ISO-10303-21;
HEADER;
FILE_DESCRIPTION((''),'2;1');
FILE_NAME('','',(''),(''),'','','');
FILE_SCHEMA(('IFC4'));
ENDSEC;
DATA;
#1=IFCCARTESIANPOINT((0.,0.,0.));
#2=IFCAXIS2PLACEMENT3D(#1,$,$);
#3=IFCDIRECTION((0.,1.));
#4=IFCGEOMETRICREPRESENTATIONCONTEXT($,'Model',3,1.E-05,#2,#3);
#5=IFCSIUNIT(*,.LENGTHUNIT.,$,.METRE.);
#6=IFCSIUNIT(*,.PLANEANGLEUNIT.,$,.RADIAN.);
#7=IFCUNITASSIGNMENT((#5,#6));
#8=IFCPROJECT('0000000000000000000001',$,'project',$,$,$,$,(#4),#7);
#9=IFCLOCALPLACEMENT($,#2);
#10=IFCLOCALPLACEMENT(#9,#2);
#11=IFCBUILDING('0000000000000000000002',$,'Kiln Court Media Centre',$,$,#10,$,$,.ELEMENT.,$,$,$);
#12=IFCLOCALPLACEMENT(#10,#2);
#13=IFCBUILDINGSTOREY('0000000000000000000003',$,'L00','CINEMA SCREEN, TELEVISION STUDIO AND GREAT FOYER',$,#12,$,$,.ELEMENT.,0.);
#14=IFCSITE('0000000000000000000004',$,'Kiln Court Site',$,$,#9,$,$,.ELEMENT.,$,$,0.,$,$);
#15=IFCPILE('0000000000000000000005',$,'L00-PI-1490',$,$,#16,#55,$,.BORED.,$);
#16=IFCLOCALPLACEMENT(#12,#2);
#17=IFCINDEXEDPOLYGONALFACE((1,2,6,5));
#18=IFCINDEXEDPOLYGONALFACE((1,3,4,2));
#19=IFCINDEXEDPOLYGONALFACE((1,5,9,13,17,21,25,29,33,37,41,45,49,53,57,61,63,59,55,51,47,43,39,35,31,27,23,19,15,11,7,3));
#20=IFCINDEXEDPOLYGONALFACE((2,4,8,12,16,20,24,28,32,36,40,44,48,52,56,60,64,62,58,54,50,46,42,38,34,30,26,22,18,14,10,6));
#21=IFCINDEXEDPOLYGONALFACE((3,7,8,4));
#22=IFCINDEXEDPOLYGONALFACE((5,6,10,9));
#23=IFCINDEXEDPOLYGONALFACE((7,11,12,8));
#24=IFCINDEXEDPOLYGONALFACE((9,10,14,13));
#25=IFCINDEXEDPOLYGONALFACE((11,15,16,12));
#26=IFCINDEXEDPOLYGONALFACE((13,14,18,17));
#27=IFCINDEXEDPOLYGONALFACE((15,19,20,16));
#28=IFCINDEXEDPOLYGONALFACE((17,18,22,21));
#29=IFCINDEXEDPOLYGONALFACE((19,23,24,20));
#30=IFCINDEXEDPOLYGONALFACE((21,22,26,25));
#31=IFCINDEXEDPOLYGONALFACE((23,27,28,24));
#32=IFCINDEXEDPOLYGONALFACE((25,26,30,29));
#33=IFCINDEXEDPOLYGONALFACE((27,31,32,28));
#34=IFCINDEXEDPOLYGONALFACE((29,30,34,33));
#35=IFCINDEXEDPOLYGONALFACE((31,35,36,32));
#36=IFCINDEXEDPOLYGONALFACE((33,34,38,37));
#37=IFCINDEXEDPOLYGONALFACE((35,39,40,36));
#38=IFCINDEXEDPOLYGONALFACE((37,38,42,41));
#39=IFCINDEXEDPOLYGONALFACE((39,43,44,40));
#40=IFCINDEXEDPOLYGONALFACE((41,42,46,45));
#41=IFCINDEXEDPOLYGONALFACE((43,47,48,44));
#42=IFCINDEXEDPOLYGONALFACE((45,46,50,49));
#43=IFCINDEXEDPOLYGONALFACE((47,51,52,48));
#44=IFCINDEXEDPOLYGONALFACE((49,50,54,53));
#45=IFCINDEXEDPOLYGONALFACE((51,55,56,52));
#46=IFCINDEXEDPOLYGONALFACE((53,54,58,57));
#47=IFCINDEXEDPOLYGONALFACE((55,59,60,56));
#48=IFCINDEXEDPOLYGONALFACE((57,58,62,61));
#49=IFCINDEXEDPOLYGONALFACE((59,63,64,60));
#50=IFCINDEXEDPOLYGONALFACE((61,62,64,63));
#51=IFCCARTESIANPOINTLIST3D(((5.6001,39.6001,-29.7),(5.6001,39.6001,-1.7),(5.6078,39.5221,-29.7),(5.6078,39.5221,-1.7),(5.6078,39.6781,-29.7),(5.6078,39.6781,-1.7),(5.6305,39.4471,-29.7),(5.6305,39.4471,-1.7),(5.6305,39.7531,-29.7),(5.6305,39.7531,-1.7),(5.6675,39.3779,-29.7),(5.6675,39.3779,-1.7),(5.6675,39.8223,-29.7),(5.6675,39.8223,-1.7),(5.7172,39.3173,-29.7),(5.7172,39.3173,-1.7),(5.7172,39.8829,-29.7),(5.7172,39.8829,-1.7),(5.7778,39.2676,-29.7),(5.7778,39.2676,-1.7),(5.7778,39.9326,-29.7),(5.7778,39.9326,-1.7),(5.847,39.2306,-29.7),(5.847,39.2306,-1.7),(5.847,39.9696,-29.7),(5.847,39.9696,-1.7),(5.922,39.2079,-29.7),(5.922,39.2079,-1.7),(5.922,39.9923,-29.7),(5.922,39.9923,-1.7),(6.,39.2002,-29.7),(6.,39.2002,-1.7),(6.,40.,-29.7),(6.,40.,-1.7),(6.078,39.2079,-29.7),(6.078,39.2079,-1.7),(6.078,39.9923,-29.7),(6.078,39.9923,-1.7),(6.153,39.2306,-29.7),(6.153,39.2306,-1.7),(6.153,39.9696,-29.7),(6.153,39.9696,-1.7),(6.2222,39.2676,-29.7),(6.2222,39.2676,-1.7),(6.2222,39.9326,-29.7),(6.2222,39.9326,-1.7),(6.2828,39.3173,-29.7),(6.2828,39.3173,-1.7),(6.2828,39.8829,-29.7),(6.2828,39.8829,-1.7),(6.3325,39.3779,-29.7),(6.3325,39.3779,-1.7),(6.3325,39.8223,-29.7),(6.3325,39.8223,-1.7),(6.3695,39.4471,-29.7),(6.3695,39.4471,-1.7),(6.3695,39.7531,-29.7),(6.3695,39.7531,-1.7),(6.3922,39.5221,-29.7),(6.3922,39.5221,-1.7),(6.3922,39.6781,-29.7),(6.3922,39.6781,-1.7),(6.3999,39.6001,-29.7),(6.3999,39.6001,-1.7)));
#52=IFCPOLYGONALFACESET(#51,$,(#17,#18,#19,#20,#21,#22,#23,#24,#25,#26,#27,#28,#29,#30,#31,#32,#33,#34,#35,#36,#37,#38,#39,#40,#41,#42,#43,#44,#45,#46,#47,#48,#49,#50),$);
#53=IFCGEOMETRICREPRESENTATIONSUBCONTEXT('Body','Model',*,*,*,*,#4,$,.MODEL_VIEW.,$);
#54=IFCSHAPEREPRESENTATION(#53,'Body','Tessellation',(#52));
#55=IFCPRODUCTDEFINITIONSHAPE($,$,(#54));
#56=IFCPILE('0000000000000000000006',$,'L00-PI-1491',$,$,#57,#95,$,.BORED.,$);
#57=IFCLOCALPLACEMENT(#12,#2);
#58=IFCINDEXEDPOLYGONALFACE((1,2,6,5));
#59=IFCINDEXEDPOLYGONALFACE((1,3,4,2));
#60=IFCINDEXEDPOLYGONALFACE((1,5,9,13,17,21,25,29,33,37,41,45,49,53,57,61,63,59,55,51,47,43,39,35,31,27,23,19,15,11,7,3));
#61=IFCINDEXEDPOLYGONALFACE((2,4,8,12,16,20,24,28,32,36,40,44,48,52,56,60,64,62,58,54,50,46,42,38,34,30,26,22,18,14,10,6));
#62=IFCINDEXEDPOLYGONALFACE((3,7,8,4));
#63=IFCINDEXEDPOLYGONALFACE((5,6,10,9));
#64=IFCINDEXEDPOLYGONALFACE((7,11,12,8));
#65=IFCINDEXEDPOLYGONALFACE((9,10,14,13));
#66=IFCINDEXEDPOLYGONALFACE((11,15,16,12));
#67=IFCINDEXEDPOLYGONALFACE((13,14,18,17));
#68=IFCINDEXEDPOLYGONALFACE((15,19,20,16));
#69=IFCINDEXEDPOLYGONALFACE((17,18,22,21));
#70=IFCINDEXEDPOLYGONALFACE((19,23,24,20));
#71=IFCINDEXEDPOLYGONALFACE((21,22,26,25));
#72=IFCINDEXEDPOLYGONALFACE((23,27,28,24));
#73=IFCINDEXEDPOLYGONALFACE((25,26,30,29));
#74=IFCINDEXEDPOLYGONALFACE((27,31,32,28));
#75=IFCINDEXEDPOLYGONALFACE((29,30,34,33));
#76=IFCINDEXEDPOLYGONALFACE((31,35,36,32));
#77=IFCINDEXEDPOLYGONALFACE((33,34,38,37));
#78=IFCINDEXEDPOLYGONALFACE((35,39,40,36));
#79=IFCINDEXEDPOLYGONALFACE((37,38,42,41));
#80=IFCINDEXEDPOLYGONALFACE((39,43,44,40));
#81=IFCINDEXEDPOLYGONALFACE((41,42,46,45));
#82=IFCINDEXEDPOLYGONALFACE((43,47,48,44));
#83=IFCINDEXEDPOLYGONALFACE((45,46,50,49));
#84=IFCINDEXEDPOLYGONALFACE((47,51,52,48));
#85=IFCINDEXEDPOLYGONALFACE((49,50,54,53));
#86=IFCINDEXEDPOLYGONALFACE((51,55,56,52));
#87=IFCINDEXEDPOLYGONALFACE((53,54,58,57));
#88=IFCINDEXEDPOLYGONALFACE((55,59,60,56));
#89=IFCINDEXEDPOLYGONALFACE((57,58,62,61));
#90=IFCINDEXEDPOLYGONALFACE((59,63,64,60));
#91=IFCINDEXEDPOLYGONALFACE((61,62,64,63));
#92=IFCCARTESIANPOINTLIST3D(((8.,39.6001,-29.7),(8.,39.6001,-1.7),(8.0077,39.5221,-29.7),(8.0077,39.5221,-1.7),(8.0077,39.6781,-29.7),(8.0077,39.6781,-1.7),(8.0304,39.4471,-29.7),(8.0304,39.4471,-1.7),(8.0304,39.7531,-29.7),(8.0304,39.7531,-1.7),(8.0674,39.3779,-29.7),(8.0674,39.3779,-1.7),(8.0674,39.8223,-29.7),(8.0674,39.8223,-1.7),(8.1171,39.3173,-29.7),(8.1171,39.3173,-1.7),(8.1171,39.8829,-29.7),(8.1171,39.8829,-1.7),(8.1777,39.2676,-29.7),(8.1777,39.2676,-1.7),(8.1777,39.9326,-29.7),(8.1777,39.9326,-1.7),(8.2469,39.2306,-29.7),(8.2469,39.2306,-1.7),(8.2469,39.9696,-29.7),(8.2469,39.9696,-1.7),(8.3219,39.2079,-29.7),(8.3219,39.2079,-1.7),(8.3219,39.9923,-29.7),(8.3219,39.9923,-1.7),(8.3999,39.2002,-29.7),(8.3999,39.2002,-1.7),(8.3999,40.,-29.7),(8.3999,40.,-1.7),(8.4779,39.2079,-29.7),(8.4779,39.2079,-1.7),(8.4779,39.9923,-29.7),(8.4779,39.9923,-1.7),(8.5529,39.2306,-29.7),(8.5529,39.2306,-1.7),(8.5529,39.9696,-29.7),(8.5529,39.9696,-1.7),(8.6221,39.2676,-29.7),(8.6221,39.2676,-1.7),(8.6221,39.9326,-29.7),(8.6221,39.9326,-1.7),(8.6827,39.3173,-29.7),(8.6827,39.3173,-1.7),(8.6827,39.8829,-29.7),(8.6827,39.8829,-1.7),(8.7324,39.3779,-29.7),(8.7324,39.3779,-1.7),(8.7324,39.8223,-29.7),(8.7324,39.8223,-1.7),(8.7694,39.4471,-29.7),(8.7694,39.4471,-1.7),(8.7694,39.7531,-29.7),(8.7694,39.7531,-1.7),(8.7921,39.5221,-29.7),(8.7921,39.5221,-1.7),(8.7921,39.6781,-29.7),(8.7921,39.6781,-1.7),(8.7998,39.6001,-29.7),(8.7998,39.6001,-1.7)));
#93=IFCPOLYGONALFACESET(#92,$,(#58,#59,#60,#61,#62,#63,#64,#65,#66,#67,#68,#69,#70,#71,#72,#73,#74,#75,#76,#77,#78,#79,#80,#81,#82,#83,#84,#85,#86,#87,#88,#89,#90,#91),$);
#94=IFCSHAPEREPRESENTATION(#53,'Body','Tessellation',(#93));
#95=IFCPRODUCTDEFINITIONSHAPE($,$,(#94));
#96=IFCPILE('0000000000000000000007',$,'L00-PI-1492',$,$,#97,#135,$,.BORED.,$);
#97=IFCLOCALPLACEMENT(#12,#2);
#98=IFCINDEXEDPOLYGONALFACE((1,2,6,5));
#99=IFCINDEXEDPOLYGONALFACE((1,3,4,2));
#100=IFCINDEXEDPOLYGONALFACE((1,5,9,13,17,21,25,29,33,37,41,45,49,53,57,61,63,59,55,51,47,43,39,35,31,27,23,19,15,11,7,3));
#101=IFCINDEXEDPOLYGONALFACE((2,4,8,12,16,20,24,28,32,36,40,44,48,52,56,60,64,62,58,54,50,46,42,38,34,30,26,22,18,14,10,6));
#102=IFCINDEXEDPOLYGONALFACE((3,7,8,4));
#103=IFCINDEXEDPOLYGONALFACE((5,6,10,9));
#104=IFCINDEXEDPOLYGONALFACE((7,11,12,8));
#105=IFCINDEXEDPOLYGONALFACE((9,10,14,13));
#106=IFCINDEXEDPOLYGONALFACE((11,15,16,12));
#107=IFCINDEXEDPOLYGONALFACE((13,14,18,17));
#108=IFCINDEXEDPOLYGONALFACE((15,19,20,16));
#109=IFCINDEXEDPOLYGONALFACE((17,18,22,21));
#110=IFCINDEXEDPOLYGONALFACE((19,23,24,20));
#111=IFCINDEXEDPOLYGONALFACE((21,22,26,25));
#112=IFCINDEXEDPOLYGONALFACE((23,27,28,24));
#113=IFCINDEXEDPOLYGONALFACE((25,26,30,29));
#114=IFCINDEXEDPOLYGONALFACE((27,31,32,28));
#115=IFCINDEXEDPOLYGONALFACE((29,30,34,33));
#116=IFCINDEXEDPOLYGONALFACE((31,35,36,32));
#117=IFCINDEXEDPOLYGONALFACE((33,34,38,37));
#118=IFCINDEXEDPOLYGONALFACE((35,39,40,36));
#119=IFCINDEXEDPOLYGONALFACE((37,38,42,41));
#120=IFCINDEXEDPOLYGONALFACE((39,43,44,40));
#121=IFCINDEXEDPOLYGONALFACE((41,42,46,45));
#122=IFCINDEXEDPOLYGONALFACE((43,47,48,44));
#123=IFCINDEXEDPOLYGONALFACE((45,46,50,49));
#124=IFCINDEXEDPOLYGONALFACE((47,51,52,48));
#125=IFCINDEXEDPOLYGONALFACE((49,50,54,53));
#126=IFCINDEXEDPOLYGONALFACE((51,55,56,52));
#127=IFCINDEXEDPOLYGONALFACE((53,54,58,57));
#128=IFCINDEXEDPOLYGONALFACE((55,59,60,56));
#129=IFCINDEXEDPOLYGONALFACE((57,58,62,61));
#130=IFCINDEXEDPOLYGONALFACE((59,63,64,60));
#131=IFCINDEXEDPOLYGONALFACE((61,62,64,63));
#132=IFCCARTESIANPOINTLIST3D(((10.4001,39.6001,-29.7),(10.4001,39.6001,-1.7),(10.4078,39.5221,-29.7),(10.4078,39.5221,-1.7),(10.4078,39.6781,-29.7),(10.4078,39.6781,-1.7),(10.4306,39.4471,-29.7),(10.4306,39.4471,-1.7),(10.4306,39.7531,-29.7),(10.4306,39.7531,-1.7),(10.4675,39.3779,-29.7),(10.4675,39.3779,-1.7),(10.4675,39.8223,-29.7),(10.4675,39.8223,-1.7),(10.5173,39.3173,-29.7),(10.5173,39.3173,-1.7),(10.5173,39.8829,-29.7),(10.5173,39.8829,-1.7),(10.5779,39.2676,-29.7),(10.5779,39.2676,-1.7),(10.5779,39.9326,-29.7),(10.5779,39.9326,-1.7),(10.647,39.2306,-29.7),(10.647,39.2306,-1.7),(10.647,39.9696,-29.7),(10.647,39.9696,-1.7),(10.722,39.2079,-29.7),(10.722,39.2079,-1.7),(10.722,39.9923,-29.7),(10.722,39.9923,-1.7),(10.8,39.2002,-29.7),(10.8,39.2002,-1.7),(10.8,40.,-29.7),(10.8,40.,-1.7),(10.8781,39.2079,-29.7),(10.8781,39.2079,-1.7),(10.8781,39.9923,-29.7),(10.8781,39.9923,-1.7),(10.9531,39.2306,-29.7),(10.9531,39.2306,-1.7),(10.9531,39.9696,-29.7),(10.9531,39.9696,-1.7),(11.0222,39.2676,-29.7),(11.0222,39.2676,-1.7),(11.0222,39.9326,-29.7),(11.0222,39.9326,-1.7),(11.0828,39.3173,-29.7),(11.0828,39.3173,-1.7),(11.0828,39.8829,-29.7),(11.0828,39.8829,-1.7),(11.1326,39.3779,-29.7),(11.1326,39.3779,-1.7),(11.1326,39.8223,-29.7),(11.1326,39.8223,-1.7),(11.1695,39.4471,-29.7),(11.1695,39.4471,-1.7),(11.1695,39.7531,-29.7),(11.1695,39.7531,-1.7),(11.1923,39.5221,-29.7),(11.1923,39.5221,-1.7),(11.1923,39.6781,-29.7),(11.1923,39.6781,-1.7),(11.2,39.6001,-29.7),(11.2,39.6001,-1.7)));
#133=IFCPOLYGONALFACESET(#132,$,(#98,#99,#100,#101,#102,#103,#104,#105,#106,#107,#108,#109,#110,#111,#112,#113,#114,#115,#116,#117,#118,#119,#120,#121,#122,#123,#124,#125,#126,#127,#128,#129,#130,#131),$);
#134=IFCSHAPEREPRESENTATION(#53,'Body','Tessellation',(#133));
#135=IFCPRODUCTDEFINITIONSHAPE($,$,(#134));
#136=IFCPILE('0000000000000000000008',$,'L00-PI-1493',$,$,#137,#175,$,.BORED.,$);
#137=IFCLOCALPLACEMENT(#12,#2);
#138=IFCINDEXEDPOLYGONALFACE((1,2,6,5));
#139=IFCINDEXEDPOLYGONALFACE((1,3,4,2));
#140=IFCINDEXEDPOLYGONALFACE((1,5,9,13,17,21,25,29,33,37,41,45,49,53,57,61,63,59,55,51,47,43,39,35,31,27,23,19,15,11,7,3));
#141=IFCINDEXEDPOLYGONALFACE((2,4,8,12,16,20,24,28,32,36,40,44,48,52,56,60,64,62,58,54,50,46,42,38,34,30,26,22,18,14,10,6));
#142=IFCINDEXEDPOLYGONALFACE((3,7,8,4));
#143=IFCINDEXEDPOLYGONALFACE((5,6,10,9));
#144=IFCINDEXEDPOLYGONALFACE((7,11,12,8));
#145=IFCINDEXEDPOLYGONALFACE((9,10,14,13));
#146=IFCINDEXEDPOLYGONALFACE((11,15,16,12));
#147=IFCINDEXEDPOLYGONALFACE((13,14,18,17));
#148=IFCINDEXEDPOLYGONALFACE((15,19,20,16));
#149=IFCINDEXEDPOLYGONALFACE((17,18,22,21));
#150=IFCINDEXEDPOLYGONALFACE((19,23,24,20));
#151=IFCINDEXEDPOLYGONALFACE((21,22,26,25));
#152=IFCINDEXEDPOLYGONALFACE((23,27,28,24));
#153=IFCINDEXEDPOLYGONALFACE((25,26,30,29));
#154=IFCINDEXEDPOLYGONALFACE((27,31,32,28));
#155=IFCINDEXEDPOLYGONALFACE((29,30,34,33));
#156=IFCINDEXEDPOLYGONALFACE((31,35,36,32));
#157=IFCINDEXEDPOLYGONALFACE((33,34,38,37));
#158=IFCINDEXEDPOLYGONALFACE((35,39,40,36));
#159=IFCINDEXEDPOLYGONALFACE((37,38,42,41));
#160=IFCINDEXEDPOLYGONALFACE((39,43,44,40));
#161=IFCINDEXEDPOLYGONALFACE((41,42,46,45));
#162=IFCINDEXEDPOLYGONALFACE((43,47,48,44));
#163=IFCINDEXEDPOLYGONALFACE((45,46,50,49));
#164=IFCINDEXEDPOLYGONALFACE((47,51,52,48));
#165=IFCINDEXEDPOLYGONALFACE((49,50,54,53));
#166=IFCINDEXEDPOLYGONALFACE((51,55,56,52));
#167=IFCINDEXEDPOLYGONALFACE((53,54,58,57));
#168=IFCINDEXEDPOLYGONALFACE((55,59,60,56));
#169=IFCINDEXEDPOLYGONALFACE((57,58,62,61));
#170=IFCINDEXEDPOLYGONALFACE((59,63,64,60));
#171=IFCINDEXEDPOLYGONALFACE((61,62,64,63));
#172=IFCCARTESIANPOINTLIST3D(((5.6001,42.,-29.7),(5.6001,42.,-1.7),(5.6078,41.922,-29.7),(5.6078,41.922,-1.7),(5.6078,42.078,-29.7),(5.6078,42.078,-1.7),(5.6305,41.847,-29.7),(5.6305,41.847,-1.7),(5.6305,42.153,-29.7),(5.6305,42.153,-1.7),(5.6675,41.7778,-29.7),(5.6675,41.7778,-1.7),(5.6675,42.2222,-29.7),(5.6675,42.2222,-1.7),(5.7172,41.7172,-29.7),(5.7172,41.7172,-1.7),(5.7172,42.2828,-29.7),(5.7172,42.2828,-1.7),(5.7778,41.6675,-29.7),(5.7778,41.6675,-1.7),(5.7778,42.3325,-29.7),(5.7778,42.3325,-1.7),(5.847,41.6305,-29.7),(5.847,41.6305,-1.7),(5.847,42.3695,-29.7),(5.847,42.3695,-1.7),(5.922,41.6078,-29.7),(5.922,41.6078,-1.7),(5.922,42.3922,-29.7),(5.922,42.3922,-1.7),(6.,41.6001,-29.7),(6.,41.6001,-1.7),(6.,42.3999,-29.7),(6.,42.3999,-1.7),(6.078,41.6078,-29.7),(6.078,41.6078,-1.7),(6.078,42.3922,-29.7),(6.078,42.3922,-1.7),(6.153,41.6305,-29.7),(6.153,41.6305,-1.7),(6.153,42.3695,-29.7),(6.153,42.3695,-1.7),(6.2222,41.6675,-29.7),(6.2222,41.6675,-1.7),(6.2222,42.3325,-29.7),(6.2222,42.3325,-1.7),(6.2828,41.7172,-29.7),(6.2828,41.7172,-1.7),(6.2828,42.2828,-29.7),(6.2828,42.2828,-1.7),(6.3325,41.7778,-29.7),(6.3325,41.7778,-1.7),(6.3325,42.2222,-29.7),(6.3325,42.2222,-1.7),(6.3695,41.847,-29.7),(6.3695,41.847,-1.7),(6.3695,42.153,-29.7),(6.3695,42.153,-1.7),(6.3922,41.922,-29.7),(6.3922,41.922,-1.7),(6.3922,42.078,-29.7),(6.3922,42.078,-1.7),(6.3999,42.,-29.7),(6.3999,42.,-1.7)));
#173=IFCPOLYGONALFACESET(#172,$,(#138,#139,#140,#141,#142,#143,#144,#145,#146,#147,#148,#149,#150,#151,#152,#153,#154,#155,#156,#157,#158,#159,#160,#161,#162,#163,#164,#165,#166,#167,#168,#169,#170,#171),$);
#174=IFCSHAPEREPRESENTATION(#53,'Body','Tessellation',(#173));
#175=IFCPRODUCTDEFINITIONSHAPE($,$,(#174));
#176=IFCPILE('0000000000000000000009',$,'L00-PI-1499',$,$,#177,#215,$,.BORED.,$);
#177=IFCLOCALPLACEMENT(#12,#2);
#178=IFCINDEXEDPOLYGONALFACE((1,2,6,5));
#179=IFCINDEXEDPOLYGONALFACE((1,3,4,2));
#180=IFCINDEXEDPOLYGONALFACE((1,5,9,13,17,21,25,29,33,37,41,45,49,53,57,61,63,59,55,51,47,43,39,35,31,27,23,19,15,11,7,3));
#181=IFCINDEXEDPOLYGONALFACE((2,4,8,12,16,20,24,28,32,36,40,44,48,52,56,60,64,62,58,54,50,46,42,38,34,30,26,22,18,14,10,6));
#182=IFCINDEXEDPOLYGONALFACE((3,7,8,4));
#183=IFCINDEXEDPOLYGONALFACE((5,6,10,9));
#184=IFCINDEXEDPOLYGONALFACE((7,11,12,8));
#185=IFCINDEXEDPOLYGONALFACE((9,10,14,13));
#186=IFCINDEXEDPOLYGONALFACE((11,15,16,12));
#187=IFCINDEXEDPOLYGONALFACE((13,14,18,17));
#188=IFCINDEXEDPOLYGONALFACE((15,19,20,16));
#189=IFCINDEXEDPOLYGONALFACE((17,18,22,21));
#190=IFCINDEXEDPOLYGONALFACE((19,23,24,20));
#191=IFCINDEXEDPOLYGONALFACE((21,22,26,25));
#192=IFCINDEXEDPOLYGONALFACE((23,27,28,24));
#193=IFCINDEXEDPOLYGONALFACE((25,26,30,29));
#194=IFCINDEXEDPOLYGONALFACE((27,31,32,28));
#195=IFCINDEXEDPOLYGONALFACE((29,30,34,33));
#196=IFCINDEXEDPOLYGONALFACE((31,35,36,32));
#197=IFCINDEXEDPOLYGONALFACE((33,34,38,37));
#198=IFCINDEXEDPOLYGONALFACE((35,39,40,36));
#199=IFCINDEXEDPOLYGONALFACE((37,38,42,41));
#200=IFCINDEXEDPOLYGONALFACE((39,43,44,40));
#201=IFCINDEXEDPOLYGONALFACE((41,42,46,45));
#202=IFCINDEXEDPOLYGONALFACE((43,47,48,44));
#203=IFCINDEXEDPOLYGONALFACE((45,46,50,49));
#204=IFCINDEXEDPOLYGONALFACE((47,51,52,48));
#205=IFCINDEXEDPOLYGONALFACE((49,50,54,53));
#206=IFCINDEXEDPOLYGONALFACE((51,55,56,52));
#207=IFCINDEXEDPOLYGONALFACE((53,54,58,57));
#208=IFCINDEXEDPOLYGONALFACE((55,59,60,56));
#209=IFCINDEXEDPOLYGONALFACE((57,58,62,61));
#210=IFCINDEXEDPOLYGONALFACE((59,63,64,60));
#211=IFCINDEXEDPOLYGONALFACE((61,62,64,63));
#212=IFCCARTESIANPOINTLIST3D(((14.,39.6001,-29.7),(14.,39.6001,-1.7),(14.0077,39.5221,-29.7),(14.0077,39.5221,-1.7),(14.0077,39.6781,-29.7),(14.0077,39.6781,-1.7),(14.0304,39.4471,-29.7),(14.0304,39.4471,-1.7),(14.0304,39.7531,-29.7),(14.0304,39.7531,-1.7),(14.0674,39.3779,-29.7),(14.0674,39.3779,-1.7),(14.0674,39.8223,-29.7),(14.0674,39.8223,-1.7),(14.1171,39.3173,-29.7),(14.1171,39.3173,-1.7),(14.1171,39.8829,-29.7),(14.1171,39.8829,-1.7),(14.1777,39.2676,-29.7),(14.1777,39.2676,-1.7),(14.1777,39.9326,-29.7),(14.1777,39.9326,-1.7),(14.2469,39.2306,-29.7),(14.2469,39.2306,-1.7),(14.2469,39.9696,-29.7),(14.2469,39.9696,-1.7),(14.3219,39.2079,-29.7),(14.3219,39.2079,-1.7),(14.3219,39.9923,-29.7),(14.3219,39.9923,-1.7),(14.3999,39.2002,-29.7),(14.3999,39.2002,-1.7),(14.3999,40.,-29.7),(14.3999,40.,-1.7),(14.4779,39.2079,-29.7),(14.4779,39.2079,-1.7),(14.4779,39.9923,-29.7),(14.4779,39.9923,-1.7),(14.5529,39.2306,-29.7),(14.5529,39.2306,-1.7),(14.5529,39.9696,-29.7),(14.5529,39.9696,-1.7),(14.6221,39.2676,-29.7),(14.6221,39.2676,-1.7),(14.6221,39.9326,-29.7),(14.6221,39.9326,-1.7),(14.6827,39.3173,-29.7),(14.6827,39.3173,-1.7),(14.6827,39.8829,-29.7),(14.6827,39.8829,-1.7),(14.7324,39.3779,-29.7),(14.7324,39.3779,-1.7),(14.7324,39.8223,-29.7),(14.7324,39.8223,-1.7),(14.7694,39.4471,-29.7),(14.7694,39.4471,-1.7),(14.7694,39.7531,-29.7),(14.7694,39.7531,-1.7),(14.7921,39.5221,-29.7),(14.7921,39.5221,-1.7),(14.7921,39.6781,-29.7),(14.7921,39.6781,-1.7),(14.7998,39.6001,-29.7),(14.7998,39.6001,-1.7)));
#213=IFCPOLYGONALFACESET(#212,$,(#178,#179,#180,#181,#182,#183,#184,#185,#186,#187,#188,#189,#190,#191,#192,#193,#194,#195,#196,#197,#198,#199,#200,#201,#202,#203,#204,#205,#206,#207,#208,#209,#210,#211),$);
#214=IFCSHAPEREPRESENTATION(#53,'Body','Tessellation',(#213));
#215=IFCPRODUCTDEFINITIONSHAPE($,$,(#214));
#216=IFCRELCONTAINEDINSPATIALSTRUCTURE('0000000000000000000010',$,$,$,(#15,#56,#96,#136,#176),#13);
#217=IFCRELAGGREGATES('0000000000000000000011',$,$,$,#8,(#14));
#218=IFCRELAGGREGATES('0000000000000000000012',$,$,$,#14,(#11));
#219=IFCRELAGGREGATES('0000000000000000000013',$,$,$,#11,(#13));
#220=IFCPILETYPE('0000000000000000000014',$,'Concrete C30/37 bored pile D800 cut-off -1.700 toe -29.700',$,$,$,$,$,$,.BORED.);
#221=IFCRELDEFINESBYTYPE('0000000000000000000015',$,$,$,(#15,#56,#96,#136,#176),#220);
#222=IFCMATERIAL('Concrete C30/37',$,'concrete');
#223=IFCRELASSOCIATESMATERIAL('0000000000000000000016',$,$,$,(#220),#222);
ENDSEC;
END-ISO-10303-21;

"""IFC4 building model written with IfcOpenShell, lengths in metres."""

from ifc_helpers import new_model, si_unit, direction, frame, origin, origin_2d, place, context, subcontext, project, spatial, circle, extrude, material, material_profile, profile_set, type_object, element, save


model = new_model("IFC4")

# Units and contexts
model_context = context("Model", 3, precision=1e-05, world=origin(), true_north=direction((0.0, 1.0)))
body_context = subcontext(model_context, "Body", "Model", "MODEL_VIEW")
ifc_project = project(units=[si_unit("LENGTHUNIT", "METRE"), si_unit("PLANEANGLEUNIT", "RADIAN")], contexts=[model_context])

# Site, building, storey
site_placement = place(None, origin())
site = spatial("IfcSite", under=ifc_project, at=site_placement, Name="Kiln Court Site", CompositionType="ELEMENT", RefElevation=0.0)
building_placement = place(site_placement, origin())
building = spatial("IfcBuilding", under=site, at=building_placement, Name="Kiln Court Media Centre", CompositionType="ELEMENT")
storey_placement = place(building_placement, origin())
storey = spatial("IfcBuildingStorey", under=building, at=storey_placement, Name="L00", Description="CINEMA SCREEN, TELEVISION STUDIO AND GREAT FOYER", CompositionType="ELEMENT", Elevation=0.0)

# Piles
ifc_material_1 = material(Name="Concrete C30/37", Category="concrete")
ifc_material_profile = material_profile(ifc_material_1, circle(Radius=0.3999, at=origin_2d()), Name="PILE D800")
ifc_profile_set = profile_set([ifc_material_profile], Name="Concrete C30/37")
pile_type = type_object("IfcPileType", Name="Concrete C30/37 bored pile D800 cut-off -1.700 toe -29.700", PredefinedType="BORED", material=ifc_profile_set)
for number, where, z_axis, x_axis, name in (
    (1, (6.0, 39.6001, -1.7), (0.0, 0.0, -1.0), (1.0, 0.0, 0.0), "L00-PI-1490"),
    (2, (8.3999, 39.6001, -1.7), (0.0, 0.0, -1.0), (1.0, 0.0, 0.0), "L00-PI-1491"),
    (3, (10.8, 39.6001, -1.7), (0.0, 0.0, -1.0), (1.0, 0.0, 0.0), "L00-PI-1492"),
    (4, (6.0, 42.0, -1.7), (0.0, 0.0, -1.0), (1.0, 0.0, 0.0), "L00-PI-1493"),
    (5, (14.3999, 39.6001, -1.7), (0.0, 0.0, -1.0), (1.0, 0.0, 0.0), "L00-PI-1499"),
):
    element("IfcPile", number, at=place(storey_placement, frame(where, z_axis=z_axis, x_axis=x_axis)), inside=storey, type_object=pile_type, Name=name, PredefinedType="BORED", context=body_context, shape_type="SweptSolid", body=[
        extrude(circle(Radius=0.3999, at=origin_2d()), origin(), (0.0, 0.0, 1.0), 28.0),
    ])

save(model, "model.ifc")
